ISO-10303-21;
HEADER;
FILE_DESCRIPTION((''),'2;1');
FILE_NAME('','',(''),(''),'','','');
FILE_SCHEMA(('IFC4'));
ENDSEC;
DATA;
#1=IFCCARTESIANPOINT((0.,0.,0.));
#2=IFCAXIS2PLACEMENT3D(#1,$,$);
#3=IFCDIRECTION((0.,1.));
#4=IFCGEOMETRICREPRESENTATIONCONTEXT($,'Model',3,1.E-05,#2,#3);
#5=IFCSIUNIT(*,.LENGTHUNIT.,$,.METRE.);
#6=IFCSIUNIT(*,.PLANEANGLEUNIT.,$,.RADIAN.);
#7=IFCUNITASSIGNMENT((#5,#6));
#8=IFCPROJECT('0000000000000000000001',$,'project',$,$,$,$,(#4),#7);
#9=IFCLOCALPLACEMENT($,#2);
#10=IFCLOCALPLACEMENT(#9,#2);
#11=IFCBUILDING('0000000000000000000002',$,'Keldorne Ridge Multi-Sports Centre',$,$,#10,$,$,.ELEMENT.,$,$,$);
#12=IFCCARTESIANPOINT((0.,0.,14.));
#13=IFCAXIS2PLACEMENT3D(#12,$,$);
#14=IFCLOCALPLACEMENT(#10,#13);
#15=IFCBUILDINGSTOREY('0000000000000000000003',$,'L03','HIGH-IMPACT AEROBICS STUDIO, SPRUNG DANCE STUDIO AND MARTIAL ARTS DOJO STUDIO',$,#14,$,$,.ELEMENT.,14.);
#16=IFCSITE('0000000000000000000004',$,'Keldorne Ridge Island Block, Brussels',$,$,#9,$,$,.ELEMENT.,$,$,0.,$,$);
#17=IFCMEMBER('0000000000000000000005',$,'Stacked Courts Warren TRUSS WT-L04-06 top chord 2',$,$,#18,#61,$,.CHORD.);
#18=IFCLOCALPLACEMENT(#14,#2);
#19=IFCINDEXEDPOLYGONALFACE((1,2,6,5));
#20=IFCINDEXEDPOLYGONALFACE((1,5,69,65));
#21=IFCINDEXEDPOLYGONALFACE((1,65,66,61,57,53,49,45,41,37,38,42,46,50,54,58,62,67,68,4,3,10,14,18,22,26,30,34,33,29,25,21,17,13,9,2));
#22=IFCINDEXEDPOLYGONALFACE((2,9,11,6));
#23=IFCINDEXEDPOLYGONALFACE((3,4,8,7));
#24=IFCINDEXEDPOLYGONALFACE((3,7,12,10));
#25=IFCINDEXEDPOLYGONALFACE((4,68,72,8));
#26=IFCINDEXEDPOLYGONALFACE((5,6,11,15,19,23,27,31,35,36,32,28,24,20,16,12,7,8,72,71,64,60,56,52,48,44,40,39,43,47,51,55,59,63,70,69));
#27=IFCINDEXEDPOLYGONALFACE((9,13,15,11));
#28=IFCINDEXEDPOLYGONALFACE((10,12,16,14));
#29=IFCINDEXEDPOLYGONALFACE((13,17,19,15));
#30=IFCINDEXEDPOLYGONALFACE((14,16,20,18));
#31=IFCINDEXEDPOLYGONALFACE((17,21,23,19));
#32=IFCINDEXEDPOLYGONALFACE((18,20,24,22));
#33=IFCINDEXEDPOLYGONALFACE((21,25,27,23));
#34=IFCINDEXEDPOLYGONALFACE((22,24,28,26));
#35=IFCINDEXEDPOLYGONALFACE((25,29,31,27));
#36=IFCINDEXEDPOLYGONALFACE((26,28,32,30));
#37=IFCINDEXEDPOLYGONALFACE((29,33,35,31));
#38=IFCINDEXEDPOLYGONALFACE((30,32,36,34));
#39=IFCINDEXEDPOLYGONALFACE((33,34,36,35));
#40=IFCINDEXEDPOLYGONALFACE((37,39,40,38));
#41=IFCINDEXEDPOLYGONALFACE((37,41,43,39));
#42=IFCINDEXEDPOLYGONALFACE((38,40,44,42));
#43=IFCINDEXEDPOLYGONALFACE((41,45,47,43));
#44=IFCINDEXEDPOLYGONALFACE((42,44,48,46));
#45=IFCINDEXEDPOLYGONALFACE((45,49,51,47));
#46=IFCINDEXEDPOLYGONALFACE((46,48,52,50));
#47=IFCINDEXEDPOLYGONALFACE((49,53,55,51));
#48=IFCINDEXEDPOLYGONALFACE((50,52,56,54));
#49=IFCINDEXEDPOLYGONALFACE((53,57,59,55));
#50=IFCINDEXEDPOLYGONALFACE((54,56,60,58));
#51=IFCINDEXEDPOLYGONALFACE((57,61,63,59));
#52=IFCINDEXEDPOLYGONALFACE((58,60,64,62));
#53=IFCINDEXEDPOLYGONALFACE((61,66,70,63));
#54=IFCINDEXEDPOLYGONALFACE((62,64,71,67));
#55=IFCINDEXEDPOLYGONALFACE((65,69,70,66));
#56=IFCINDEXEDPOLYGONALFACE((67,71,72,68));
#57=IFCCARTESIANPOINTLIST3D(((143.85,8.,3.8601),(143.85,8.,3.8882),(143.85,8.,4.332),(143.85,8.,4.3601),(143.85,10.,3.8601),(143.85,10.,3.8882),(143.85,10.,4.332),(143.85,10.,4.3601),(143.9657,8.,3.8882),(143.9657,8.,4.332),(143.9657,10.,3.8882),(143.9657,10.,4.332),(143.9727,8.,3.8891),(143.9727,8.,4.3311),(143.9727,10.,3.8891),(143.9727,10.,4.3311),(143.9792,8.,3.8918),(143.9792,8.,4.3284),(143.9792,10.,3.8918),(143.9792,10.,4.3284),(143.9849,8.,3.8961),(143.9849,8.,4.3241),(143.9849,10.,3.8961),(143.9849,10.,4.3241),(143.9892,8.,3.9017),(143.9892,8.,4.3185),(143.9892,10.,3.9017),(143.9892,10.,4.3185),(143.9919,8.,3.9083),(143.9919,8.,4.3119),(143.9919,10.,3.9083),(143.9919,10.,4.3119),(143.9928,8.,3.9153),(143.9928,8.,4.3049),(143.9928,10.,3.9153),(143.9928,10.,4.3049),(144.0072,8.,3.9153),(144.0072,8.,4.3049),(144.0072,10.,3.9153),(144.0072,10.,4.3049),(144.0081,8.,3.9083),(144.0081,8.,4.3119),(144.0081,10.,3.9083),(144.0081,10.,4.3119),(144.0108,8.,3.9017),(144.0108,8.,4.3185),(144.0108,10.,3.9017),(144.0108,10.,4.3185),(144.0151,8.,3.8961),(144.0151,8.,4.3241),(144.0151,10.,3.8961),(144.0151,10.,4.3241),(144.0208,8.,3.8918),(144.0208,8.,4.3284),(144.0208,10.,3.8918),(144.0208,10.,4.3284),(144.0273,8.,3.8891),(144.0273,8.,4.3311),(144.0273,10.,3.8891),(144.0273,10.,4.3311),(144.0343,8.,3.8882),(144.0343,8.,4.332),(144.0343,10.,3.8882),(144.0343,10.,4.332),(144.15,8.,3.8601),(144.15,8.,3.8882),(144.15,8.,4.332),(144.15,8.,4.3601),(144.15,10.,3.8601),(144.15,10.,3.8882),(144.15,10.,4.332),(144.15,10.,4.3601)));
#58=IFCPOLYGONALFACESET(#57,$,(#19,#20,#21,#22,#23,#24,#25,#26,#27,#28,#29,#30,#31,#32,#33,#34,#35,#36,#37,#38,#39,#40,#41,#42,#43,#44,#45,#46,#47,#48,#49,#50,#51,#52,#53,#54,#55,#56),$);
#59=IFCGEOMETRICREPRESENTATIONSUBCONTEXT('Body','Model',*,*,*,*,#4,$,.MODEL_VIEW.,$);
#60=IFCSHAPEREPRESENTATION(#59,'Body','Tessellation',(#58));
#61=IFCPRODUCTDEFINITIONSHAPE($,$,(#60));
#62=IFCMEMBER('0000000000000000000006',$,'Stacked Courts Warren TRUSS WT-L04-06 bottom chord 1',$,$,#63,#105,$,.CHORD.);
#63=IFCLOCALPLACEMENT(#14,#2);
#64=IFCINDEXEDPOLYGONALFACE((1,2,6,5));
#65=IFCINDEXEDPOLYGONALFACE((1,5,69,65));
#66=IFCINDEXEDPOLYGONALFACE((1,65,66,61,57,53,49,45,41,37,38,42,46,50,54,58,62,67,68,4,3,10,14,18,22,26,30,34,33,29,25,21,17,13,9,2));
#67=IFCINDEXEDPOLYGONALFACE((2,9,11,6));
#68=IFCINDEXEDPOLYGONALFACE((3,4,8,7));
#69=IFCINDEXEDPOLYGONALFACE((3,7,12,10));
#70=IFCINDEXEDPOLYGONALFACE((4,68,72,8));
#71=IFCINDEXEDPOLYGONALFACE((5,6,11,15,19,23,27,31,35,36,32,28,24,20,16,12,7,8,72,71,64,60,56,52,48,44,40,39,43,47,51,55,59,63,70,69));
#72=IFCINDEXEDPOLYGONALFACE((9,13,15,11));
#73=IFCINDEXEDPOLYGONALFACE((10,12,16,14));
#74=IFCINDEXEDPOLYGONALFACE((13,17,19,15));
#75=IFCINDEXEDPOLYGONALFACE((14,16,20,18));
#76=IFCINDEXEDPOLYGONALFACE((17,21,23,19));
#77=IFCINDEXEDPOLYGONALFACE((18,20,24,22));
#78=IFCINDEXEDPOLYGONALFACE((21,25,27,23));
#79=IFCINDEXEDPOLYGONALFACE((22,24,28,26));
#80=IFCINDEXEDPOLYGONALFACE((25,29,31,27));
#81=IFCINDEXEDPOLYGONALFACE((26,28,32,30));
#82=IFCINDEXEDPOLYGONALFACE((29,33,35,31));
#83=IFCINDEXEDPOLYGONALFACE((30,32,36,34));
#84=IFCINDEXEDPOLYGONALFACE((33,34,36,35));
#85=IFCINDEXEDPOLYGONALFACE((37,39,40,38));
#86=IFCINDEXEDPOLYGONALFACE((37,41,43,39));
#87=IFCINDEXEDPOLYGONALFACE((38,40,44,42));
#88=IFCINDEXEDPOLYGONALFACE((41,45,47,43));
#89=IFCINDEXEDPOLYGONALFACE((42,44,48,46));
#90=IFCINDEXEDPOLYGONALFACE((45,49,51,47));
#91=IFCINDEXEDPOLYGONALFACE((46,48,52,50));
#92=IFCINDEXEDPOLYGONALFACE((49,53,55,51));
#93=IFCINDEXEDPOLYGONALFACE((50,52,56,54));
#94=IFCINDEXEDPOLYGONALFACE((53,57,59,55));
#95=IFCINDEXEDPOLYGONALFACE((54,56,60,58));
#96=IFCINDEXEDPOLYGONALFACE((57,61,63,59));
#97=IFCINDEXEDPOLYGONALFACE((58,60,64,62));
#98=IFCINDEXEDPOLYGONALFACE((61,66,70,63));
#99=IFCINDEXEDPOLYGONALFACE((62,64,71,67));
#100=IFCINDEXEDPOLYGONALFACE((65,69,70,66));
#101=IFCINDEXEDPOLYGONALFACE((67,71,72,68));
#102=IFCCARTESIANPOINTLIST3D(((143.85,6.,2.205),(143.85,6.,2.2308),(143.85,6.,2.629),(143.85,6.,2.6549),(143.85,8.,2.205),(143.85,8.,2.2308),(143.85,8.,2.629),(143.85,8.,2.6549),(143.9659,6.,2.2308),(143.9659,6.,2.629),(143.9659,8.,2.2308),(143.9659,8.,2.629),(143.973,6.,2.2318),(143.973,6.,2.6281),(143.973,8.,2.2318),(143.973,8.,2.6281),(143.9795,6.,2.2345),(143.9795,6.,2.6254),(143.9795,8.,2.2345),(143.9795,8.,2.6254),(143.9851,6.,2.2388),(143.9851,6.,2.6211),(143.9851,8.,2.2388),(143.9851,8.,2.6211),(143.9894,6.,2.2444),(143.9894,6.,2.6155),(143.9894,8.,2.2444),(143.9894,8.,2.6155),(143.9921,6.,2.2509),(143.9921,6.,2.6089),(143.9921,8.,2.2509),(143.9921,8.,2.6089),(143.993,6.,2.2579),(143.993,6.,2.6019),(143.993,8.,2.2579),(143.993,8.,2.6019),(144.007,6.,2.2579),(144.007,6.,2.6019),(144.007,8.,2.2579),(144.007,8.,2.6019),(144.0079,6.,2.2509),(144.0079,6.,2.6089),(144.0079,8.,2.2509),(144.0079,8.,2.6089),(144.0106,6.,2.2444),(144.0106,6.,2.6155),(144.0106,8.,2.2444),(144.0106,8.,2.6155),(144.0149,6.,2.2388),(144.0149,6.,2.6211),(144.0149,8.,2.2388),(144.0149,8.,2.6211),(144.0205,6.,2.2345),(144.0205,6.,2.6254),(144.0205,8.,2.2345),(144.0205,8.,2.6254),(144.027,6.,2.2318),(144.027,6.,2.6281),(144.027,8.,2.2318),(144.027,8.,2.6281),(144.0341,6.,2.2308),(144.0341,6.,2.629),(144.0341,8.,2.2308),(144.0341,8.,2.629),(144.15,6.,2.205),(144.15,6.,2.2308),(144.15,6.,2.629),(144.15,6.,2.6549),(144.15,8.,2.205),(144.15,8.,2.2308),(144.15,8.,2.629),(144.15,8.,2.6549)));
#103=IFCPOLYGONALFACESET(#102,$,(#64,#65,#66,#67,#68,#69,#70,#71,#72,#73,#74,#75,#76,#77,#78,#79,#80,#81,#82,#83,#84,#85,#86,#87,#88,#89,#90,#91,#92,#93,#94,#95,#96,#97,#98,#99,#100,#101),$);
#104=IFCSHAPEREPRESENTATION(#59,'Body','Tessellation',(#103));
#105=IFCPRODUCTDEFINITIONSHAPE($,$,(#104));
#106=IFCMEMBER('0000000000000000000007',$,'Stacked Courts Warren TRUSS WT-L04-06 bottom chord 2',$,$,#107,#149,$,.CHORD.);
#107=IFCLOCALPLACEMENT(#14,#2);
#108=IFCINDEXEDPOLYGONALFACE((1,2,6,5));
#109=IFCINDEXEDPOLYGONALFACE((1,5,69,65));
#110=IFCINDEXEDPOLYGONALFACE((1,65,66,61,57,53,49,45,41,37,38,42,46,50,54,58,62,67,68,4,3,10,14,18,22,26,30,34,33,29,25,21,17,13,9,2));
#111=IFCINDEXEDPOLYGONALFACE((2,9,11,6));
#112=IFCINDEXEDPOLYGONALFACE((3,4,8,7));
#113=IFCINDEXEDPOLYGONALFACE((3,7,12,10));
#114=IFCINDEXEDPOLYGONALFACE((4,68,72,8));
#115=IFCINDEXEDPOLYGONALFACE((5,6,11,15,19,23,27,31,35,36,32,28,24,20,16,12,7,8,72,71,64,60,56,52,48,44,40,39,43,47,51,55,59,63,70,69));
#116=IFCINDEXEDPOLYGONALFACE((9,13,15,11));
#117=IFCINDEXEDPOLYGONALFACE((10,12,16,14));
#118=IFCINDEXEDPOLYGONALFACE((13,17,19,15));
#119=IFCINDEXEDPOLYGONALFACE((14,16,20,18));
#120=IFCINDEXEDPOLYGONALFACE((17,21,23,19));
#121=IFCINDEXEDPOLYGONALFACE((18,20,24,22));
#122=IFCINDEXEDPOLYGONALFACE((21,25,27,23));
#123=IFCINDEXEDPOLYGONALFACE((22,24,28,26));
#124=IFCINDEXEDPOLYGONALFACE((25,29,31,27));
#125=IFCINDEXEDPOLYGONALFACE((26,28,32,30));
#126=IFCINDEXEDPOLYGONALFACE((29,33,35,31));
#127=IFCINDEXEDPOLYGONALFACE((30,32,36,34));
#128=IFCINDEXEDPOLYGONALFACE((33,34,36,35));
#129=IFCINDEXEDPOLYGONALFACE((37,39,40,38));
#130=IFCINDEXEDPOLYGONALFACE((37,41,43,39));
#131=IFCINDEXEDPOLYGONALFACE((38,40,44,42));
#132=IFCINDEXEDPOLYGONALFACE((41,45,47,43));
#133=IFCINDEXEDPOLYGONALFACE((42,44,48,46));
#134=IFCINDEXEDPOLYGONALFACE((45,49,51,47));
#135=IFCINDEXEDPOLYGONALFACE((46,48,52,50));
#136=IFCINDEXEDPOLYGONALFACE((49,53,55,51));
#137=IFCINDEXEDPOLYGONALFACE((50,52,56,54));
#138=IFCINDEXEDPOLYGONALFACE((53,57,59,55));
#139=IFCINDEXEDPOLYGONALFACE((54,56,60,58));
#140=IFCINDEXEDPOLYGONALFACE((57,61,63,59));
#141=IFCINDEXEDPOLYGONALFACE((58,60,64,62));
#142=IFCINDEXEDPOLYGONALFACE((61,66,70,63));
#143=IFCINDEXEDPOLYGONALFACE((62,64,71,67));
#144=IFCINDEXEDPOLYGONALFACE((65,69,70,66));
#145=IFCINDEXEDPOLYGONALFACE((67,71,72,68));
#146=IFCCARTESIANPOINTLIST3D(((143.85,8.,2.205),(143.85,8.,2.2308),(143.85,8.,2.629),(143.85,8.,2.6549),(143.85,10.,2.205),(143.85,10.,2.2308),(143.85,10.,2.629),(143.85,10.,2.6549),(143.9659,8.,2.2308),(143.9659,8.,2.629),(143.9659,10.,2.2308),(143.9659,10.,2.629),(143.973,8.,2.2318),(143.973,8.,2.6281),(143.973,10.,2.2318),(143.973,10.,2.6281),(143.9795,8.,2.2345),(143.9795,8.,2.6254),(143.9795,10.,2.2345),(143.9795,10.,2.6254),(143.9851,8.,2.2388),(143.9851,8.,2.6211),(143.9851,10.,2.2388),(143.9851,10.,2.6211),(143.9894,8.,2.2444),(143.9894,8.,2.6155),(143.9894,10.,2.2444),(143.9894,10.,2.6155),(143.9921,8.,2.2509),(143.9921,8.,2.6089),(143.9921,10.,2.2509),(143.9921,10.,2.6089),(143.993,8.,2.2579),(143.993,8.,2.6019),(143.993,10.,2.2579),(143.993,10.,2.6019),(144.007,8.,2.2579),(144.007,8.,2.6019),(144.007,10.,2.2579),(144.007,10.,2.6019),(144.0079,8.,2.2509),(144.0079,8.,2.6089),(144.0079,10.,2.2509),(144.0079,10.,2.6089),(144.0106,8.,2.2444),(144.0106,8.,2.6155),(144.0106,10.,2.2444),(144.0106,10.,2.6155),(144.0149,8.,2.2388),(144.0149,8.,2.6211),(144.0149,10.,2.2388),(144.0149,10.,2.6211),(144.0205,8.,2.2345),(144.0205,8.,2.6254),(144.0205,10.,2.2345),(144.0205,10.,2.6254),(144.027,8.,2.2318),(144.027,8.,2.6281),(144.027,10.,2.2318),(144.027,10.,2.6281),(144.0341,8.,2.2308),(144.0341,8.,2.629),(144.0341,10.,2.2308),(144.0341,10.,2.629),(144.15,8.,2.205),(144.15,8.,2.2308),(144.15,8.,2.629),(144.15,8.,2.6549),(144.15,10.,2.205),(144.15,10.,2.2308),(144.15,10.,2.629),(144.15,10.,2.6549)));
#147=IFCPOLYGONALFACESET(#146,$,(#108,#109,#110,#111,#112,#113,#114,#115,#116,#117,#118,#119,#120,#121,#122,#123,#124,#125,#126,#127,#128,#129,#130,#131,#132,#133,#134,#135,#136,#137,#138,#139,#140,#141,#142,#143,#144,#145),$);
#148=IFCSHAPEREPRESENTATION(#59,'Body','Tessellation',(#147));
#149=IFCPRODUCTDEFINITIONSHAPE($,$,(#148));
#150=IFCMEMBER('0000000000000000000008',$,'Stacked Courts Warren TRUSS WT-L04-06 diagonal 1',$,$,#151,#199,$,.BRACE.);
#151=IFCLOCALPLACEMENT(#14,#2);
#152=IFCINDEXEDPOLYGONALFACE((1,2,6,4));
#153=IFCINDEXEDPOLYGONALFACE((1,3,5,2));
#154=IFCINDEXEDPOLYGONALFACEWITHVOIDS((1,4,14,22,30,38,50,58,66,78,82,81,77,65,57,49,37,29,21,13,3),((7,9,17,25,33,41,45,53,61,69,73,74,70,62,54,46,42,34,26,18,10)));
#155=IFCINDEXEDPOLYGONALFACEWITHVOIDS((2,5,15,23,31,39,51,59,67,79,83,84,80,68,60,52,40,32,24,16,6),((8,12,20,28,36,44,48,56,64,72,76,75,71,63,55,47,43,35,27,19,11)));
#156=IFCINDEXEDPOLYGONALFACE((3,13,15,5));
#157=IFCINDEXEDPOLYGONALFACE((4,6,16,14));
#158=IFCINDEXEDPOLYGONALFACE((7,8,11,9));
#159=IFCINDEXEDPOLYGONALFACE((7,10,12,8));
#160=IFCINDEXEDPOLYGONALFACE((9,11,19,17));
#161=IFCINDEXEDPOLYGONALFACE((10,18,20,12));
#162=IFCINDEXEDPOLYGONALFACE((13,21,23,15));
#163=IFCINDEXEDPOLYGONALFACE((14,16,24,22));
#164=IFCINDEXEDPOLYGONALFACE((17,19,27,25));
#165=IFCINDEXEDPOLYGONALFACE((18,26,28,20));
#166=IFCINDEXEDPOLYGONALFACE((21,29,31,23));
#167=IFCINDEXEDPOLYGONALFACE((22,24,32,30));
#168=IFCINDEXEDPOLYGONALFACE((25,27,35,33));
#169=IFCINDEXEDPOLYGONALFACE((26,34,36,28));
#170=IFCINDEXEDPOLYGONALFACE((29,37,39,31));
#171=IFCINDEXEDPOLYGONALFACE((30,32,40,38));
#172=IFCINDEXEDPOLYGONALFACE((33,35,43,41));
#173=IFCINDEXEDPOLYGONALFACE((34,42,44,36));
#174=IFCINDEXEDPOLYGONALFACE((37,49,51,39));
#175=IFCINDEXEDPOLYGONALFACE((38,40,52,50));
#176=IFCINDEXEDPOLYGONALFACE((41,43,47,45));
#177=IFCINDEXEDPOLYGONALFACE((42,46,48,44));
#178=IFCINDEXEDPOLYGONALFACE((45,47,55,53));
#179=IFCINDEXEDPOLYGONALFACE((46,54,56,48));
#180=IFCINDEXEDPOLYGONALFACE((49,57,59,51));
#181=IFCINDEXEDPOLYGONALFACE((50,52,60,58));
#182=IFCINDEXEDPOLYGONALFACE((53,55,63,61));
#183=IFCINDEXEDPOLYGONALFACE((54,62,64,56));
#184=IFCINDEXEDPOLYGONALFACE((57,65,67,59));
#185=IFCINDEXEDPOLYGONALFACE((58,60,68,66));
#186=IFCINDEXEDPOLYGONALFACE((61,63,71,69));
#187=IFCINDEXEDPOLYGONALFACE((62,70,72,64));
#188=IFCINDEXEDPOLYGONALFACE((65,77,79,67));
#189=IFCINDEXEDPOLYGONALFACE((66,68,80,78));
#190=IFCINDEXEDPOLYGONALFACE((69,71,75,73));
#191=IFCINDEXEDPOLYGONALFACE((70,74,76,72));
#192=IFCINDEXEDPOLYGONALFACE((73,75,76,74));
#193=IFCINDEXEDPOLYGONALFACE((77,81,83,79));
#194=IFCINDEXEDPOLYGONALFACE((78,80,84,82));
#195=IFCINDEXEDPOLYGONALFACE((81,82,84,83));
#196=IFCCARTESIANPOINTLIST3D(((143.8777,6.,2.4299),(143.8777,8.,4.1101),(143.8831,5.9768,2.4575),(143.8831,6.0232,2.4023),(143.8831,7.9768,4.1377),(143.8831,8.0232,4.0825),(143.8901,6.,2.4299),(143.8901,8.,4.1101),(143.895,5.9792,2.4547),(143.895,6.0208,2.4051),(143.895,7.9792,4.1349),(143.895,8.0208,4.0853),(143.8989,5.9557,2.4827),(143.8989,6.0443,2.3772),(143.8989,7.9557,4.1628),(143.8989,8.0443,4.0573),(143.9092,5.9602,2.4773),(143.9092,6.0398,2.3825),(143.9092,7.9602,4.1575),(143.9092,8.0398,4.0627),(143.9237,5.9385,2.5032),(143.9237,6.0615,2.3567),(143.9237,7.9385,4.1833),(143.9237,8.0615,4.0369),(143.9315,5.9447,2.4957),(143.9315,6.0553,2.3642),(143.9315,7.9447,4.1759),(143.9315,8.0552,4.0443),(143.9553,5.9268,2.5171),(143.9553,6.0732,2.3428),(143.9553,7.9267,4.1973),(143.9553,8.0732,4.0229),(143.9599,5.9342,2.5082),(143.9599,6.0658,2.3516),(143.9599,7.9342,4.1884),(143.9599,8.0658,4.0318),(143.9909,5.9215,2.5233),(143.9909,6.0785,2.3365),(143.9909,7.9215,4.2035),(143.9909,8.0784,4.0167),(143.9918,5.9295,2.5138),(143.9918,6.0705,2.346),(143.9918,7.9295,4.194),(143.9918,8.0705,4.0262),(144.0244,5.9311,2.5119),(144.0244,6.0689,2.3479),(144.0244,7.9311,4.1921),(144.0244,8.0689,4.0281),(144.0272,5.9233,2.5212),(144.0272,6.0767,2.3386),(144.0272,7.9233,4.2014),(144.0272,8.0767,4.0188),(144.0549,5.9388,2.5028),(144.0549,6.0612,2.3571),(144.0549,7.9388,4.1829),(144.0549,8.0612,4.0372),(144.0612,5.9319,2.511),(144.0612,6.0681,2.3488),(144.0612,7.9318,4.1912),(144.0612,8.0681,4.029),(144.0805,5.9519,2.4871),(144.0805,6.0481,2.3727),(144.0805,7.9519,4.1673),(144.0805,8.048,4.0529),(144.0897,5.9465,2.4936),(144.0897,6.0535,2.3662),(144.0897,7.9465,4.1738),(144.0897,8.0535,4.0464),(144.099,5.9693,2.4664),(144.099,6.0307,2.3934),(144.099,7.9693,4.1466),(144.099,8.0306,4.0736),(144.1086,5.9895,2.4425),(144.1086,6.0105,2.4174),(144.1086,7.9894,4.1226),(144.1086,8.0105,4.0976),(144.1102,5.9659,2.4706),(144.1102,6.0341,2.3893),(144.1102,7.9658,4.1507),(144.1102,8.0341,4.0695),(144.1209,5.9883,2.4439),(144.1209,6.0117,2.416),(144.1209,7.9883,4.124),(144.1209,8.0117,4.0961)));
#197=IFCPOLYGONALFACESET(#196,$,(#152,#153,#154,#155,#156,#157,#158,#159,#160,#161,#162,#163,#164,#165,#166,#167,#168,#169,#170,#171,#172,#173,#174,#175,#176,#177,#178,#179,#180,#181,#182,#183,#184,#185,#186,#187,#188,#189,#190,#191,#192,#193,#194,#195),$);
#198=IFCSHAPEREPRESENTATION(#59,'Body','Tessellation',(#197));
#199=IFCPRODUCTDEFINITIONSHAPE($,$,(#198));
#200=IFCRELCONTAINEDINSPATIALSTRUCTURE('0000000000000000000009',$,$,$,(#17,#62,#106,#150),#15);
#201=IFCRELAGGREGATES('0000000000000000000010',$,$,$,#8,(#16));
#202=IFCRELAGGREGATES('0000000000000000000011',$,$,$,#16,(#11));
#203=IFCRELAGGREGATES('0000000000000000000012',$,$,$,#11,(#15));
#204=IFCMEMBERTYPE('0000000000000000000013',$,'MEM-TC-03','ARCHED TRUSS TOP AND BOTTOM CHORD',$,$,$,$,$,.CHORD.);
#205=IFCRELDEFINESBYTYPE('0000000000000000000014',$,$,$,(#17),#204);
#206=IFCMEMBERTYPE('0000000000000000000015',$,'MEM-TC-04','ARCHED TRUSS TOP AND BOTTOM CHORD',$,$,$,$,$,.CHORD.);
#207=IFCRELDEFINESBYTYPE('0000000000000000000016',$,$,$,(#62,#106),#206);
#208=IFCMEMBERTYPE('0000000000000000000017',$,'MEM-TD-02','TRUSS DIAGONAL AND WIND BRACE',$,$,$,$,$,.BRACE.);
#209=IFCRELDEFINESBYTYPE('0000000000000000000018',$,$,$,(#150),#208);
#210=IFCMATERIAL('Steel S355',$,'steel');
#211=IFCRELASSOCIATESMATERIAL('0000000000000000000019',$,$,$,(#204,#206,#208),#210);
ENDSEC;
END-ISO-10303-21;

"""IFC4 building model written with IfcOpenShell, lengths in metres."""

from ifc_helpers import new_model, si_unit, direction, frame, origin, origin_2d, place, context, subcontext, project, spatial, hollow_circle, i_section, extrude, material, material_profile, profile_set, type_object, element, save


model = new_model("IFC4")

# Units and contexts
model_context = context("Model", 3, precision=1e-05, world=origin(), true_north=direction((0.0, 1.0)))
body_context = subcontext(model_context, "Body", "Model", "MODEL_VIEW")
ifc_project = project(units=[si_unit("LENGTHUNIT", "METRE"), si_unit("PLANEANGLEUNIT", "RADIAN")], contexts=[model_context])

# Site, building, storey
site_placement = place(None, origin())
site = spatial("IfcSite", under=ifc_project, at=site_placement, Name="Keldorne Ridge Island Block, Brussels", CompositionType="ELEMENT", RefElevation=0.0)
building_placement = place(site_placement, origin())
building = spatial("IfcBuilding", under=site, at=building_placement, Name="Keldorne Ridge Multi-Sports Centre", CompositionType="ELEMENT")
storey_placement = place(building_placement, frame((0.0, 0.0, 14.0)))
storey = spatial("IfcBuildingStorey", under=building, at=storey_placement, Name="L03", Description="HIGH-IMPACT AEROBICS STUDIO, SPRUNG DANCE STUDIO AND MARTIAL ARTS DOJO STUDIO", CompositionType="ELEMENT", Elevation=14.0)

# Shared definitions
ifc_material_1 = material(Name="Steel S355", Category="steel")

# Members
ifc_material_profile_1 = material_profile(ifc_material_1, i_section(OverallWidth=0.3, OverallDepth=0.5, WebThickness=0.0144, FlangeThickness=0.0281, FilletRadius=0.0271, at=origin_2d()), Name="HEB 500")
ifc_profile_set_1 = profile_set([ifc_material_profile_1], Name="Steel S355")
member_type_1 = type_object("IfcMemberType", Name="MEM-TC-03", Description="ARCHED TRUSS TOP AND BOTTOM CHORD", PredefinedType="CHORD", material=ifc_profile_set_1)
for number, where, z_axis, x_axis, name in (
    (1, (144.0, 8.0, 4.1101), (0.0, 1.0, 0.0), (-1.0, 0.0, 0.0), "Stacked Courts Warren TRUSS WT-L04-06 top chord 2"),
):
    element("IfcMember", number, at=place(storey_placement, frame(where, z_axis=z_axis, x_axis=x_axis)), inside=storey, type_object=member_type_1, Name=name, PredefinedType="CHORD", context=body_context, shape_type="SweptSolid", body=[
        extrude(i_section(OverallWidth=0.3, OverallDepth=0.5, WebThickness=0.0144, FlangeThickness=0.0281, FilletRadius=0.0271, at=origin_2d()), origin(), (0.0, 0.0, 1.0), 2.0),
    ])
ifc_material_profile_2 = material_profile(ifc_material_1, i_section(OverallWidth=0.3, OverallDepth=0.45, WebThickness=0.0139, FlangeThickness=0.0259, FilletRadius=0.0271, at=origin_2d()), Name="HEB 450")
ifc_profile_set_2 = profile_set([ifc_material_profile_2], Name="Steel S355")
member_type_2 = type_object("IfcMemberType", Name="MEM-TC-04", Description="ARCHED TRUSS TOP AND BOTTOM CHORD", PredefinedType="CHORD", material=ifc_profile_set_2)
for number, where, z_axis, x_axis, name in (
    (2, (144.0, 6.0, 2.4299), (0.0, 1.0, 0.0), (-1.0, 0.0, 0.0), "Stacked Courts Warren TRUSS WT-L04-06 bottom chord 1"),
    (3, (144.0, 8.0, 2.4299), (0.0, 1.0, 0.0), (-1.0, 0.0, 0.0), "Stacked Courts Warren TRUSS WT-L04-06 bottom chord 2"),
):
    element("IfcMember", number, at=place(storey_placement, frame(where, z_axis=z_axis, x_axis=x_axis)), inside=storey, type_object=member_type_2, Name=name, PredefinedType="CHORD", context=body_context, shape_type="SweptSolid", body=[
        extrude(i_section(OverallWidth=0.3, OverallDepth=0.45, WebThickness=0.0139, FlangeThickness=0.0259, FilletRadius=0.0271, at=origin_2d()), origin(), (0.0, 0.0, 1.0), 2.0),
    ])
ifc_material_profile_3 = material_profile(ifc_material_1, hollow_circle(Radius=0.1223, WallThickness=0.0125, at=origin_2d()), Name="CHS 244.5x12.5")
ifc_profile_set_3 = profile_set([ifc_material_profile_3], Name="Steel S355")
member_type_3 = type_object("IfcMemberType", Name="MEM-TD-02", Description="TRUSS DIAGONAL AND WIND BRACE", PredefinedType="BRACE", material=ifc_profile_set_3)
for number, where, z_axis, x_axis, name in (
    (4, (144.0, 6.0, 2.4299), (0.0, 0.765672, 0.643232), (-1.0, 0.0, 0.0), "Stacked Courts Warren TRUSS WT-L04-06 diagonal 1"),
):
    element("IfcMember", number, at=place(storey_placement, frame(where, z_axis=z_axis, x_axis=x_axis)), inside=storey, type_object=member_type_3, Name=name, PredefinedType="BRACE", context=body_context, shape_type="SweptSolid", body=[
        extrude(hollow_circle(Radius=0.1223, WallThickness=0.0125, at=origin_2d()), origin(), (0.0, 0.0, 1.0), 2.6121),
    ])

save(model, "model.ifc")
